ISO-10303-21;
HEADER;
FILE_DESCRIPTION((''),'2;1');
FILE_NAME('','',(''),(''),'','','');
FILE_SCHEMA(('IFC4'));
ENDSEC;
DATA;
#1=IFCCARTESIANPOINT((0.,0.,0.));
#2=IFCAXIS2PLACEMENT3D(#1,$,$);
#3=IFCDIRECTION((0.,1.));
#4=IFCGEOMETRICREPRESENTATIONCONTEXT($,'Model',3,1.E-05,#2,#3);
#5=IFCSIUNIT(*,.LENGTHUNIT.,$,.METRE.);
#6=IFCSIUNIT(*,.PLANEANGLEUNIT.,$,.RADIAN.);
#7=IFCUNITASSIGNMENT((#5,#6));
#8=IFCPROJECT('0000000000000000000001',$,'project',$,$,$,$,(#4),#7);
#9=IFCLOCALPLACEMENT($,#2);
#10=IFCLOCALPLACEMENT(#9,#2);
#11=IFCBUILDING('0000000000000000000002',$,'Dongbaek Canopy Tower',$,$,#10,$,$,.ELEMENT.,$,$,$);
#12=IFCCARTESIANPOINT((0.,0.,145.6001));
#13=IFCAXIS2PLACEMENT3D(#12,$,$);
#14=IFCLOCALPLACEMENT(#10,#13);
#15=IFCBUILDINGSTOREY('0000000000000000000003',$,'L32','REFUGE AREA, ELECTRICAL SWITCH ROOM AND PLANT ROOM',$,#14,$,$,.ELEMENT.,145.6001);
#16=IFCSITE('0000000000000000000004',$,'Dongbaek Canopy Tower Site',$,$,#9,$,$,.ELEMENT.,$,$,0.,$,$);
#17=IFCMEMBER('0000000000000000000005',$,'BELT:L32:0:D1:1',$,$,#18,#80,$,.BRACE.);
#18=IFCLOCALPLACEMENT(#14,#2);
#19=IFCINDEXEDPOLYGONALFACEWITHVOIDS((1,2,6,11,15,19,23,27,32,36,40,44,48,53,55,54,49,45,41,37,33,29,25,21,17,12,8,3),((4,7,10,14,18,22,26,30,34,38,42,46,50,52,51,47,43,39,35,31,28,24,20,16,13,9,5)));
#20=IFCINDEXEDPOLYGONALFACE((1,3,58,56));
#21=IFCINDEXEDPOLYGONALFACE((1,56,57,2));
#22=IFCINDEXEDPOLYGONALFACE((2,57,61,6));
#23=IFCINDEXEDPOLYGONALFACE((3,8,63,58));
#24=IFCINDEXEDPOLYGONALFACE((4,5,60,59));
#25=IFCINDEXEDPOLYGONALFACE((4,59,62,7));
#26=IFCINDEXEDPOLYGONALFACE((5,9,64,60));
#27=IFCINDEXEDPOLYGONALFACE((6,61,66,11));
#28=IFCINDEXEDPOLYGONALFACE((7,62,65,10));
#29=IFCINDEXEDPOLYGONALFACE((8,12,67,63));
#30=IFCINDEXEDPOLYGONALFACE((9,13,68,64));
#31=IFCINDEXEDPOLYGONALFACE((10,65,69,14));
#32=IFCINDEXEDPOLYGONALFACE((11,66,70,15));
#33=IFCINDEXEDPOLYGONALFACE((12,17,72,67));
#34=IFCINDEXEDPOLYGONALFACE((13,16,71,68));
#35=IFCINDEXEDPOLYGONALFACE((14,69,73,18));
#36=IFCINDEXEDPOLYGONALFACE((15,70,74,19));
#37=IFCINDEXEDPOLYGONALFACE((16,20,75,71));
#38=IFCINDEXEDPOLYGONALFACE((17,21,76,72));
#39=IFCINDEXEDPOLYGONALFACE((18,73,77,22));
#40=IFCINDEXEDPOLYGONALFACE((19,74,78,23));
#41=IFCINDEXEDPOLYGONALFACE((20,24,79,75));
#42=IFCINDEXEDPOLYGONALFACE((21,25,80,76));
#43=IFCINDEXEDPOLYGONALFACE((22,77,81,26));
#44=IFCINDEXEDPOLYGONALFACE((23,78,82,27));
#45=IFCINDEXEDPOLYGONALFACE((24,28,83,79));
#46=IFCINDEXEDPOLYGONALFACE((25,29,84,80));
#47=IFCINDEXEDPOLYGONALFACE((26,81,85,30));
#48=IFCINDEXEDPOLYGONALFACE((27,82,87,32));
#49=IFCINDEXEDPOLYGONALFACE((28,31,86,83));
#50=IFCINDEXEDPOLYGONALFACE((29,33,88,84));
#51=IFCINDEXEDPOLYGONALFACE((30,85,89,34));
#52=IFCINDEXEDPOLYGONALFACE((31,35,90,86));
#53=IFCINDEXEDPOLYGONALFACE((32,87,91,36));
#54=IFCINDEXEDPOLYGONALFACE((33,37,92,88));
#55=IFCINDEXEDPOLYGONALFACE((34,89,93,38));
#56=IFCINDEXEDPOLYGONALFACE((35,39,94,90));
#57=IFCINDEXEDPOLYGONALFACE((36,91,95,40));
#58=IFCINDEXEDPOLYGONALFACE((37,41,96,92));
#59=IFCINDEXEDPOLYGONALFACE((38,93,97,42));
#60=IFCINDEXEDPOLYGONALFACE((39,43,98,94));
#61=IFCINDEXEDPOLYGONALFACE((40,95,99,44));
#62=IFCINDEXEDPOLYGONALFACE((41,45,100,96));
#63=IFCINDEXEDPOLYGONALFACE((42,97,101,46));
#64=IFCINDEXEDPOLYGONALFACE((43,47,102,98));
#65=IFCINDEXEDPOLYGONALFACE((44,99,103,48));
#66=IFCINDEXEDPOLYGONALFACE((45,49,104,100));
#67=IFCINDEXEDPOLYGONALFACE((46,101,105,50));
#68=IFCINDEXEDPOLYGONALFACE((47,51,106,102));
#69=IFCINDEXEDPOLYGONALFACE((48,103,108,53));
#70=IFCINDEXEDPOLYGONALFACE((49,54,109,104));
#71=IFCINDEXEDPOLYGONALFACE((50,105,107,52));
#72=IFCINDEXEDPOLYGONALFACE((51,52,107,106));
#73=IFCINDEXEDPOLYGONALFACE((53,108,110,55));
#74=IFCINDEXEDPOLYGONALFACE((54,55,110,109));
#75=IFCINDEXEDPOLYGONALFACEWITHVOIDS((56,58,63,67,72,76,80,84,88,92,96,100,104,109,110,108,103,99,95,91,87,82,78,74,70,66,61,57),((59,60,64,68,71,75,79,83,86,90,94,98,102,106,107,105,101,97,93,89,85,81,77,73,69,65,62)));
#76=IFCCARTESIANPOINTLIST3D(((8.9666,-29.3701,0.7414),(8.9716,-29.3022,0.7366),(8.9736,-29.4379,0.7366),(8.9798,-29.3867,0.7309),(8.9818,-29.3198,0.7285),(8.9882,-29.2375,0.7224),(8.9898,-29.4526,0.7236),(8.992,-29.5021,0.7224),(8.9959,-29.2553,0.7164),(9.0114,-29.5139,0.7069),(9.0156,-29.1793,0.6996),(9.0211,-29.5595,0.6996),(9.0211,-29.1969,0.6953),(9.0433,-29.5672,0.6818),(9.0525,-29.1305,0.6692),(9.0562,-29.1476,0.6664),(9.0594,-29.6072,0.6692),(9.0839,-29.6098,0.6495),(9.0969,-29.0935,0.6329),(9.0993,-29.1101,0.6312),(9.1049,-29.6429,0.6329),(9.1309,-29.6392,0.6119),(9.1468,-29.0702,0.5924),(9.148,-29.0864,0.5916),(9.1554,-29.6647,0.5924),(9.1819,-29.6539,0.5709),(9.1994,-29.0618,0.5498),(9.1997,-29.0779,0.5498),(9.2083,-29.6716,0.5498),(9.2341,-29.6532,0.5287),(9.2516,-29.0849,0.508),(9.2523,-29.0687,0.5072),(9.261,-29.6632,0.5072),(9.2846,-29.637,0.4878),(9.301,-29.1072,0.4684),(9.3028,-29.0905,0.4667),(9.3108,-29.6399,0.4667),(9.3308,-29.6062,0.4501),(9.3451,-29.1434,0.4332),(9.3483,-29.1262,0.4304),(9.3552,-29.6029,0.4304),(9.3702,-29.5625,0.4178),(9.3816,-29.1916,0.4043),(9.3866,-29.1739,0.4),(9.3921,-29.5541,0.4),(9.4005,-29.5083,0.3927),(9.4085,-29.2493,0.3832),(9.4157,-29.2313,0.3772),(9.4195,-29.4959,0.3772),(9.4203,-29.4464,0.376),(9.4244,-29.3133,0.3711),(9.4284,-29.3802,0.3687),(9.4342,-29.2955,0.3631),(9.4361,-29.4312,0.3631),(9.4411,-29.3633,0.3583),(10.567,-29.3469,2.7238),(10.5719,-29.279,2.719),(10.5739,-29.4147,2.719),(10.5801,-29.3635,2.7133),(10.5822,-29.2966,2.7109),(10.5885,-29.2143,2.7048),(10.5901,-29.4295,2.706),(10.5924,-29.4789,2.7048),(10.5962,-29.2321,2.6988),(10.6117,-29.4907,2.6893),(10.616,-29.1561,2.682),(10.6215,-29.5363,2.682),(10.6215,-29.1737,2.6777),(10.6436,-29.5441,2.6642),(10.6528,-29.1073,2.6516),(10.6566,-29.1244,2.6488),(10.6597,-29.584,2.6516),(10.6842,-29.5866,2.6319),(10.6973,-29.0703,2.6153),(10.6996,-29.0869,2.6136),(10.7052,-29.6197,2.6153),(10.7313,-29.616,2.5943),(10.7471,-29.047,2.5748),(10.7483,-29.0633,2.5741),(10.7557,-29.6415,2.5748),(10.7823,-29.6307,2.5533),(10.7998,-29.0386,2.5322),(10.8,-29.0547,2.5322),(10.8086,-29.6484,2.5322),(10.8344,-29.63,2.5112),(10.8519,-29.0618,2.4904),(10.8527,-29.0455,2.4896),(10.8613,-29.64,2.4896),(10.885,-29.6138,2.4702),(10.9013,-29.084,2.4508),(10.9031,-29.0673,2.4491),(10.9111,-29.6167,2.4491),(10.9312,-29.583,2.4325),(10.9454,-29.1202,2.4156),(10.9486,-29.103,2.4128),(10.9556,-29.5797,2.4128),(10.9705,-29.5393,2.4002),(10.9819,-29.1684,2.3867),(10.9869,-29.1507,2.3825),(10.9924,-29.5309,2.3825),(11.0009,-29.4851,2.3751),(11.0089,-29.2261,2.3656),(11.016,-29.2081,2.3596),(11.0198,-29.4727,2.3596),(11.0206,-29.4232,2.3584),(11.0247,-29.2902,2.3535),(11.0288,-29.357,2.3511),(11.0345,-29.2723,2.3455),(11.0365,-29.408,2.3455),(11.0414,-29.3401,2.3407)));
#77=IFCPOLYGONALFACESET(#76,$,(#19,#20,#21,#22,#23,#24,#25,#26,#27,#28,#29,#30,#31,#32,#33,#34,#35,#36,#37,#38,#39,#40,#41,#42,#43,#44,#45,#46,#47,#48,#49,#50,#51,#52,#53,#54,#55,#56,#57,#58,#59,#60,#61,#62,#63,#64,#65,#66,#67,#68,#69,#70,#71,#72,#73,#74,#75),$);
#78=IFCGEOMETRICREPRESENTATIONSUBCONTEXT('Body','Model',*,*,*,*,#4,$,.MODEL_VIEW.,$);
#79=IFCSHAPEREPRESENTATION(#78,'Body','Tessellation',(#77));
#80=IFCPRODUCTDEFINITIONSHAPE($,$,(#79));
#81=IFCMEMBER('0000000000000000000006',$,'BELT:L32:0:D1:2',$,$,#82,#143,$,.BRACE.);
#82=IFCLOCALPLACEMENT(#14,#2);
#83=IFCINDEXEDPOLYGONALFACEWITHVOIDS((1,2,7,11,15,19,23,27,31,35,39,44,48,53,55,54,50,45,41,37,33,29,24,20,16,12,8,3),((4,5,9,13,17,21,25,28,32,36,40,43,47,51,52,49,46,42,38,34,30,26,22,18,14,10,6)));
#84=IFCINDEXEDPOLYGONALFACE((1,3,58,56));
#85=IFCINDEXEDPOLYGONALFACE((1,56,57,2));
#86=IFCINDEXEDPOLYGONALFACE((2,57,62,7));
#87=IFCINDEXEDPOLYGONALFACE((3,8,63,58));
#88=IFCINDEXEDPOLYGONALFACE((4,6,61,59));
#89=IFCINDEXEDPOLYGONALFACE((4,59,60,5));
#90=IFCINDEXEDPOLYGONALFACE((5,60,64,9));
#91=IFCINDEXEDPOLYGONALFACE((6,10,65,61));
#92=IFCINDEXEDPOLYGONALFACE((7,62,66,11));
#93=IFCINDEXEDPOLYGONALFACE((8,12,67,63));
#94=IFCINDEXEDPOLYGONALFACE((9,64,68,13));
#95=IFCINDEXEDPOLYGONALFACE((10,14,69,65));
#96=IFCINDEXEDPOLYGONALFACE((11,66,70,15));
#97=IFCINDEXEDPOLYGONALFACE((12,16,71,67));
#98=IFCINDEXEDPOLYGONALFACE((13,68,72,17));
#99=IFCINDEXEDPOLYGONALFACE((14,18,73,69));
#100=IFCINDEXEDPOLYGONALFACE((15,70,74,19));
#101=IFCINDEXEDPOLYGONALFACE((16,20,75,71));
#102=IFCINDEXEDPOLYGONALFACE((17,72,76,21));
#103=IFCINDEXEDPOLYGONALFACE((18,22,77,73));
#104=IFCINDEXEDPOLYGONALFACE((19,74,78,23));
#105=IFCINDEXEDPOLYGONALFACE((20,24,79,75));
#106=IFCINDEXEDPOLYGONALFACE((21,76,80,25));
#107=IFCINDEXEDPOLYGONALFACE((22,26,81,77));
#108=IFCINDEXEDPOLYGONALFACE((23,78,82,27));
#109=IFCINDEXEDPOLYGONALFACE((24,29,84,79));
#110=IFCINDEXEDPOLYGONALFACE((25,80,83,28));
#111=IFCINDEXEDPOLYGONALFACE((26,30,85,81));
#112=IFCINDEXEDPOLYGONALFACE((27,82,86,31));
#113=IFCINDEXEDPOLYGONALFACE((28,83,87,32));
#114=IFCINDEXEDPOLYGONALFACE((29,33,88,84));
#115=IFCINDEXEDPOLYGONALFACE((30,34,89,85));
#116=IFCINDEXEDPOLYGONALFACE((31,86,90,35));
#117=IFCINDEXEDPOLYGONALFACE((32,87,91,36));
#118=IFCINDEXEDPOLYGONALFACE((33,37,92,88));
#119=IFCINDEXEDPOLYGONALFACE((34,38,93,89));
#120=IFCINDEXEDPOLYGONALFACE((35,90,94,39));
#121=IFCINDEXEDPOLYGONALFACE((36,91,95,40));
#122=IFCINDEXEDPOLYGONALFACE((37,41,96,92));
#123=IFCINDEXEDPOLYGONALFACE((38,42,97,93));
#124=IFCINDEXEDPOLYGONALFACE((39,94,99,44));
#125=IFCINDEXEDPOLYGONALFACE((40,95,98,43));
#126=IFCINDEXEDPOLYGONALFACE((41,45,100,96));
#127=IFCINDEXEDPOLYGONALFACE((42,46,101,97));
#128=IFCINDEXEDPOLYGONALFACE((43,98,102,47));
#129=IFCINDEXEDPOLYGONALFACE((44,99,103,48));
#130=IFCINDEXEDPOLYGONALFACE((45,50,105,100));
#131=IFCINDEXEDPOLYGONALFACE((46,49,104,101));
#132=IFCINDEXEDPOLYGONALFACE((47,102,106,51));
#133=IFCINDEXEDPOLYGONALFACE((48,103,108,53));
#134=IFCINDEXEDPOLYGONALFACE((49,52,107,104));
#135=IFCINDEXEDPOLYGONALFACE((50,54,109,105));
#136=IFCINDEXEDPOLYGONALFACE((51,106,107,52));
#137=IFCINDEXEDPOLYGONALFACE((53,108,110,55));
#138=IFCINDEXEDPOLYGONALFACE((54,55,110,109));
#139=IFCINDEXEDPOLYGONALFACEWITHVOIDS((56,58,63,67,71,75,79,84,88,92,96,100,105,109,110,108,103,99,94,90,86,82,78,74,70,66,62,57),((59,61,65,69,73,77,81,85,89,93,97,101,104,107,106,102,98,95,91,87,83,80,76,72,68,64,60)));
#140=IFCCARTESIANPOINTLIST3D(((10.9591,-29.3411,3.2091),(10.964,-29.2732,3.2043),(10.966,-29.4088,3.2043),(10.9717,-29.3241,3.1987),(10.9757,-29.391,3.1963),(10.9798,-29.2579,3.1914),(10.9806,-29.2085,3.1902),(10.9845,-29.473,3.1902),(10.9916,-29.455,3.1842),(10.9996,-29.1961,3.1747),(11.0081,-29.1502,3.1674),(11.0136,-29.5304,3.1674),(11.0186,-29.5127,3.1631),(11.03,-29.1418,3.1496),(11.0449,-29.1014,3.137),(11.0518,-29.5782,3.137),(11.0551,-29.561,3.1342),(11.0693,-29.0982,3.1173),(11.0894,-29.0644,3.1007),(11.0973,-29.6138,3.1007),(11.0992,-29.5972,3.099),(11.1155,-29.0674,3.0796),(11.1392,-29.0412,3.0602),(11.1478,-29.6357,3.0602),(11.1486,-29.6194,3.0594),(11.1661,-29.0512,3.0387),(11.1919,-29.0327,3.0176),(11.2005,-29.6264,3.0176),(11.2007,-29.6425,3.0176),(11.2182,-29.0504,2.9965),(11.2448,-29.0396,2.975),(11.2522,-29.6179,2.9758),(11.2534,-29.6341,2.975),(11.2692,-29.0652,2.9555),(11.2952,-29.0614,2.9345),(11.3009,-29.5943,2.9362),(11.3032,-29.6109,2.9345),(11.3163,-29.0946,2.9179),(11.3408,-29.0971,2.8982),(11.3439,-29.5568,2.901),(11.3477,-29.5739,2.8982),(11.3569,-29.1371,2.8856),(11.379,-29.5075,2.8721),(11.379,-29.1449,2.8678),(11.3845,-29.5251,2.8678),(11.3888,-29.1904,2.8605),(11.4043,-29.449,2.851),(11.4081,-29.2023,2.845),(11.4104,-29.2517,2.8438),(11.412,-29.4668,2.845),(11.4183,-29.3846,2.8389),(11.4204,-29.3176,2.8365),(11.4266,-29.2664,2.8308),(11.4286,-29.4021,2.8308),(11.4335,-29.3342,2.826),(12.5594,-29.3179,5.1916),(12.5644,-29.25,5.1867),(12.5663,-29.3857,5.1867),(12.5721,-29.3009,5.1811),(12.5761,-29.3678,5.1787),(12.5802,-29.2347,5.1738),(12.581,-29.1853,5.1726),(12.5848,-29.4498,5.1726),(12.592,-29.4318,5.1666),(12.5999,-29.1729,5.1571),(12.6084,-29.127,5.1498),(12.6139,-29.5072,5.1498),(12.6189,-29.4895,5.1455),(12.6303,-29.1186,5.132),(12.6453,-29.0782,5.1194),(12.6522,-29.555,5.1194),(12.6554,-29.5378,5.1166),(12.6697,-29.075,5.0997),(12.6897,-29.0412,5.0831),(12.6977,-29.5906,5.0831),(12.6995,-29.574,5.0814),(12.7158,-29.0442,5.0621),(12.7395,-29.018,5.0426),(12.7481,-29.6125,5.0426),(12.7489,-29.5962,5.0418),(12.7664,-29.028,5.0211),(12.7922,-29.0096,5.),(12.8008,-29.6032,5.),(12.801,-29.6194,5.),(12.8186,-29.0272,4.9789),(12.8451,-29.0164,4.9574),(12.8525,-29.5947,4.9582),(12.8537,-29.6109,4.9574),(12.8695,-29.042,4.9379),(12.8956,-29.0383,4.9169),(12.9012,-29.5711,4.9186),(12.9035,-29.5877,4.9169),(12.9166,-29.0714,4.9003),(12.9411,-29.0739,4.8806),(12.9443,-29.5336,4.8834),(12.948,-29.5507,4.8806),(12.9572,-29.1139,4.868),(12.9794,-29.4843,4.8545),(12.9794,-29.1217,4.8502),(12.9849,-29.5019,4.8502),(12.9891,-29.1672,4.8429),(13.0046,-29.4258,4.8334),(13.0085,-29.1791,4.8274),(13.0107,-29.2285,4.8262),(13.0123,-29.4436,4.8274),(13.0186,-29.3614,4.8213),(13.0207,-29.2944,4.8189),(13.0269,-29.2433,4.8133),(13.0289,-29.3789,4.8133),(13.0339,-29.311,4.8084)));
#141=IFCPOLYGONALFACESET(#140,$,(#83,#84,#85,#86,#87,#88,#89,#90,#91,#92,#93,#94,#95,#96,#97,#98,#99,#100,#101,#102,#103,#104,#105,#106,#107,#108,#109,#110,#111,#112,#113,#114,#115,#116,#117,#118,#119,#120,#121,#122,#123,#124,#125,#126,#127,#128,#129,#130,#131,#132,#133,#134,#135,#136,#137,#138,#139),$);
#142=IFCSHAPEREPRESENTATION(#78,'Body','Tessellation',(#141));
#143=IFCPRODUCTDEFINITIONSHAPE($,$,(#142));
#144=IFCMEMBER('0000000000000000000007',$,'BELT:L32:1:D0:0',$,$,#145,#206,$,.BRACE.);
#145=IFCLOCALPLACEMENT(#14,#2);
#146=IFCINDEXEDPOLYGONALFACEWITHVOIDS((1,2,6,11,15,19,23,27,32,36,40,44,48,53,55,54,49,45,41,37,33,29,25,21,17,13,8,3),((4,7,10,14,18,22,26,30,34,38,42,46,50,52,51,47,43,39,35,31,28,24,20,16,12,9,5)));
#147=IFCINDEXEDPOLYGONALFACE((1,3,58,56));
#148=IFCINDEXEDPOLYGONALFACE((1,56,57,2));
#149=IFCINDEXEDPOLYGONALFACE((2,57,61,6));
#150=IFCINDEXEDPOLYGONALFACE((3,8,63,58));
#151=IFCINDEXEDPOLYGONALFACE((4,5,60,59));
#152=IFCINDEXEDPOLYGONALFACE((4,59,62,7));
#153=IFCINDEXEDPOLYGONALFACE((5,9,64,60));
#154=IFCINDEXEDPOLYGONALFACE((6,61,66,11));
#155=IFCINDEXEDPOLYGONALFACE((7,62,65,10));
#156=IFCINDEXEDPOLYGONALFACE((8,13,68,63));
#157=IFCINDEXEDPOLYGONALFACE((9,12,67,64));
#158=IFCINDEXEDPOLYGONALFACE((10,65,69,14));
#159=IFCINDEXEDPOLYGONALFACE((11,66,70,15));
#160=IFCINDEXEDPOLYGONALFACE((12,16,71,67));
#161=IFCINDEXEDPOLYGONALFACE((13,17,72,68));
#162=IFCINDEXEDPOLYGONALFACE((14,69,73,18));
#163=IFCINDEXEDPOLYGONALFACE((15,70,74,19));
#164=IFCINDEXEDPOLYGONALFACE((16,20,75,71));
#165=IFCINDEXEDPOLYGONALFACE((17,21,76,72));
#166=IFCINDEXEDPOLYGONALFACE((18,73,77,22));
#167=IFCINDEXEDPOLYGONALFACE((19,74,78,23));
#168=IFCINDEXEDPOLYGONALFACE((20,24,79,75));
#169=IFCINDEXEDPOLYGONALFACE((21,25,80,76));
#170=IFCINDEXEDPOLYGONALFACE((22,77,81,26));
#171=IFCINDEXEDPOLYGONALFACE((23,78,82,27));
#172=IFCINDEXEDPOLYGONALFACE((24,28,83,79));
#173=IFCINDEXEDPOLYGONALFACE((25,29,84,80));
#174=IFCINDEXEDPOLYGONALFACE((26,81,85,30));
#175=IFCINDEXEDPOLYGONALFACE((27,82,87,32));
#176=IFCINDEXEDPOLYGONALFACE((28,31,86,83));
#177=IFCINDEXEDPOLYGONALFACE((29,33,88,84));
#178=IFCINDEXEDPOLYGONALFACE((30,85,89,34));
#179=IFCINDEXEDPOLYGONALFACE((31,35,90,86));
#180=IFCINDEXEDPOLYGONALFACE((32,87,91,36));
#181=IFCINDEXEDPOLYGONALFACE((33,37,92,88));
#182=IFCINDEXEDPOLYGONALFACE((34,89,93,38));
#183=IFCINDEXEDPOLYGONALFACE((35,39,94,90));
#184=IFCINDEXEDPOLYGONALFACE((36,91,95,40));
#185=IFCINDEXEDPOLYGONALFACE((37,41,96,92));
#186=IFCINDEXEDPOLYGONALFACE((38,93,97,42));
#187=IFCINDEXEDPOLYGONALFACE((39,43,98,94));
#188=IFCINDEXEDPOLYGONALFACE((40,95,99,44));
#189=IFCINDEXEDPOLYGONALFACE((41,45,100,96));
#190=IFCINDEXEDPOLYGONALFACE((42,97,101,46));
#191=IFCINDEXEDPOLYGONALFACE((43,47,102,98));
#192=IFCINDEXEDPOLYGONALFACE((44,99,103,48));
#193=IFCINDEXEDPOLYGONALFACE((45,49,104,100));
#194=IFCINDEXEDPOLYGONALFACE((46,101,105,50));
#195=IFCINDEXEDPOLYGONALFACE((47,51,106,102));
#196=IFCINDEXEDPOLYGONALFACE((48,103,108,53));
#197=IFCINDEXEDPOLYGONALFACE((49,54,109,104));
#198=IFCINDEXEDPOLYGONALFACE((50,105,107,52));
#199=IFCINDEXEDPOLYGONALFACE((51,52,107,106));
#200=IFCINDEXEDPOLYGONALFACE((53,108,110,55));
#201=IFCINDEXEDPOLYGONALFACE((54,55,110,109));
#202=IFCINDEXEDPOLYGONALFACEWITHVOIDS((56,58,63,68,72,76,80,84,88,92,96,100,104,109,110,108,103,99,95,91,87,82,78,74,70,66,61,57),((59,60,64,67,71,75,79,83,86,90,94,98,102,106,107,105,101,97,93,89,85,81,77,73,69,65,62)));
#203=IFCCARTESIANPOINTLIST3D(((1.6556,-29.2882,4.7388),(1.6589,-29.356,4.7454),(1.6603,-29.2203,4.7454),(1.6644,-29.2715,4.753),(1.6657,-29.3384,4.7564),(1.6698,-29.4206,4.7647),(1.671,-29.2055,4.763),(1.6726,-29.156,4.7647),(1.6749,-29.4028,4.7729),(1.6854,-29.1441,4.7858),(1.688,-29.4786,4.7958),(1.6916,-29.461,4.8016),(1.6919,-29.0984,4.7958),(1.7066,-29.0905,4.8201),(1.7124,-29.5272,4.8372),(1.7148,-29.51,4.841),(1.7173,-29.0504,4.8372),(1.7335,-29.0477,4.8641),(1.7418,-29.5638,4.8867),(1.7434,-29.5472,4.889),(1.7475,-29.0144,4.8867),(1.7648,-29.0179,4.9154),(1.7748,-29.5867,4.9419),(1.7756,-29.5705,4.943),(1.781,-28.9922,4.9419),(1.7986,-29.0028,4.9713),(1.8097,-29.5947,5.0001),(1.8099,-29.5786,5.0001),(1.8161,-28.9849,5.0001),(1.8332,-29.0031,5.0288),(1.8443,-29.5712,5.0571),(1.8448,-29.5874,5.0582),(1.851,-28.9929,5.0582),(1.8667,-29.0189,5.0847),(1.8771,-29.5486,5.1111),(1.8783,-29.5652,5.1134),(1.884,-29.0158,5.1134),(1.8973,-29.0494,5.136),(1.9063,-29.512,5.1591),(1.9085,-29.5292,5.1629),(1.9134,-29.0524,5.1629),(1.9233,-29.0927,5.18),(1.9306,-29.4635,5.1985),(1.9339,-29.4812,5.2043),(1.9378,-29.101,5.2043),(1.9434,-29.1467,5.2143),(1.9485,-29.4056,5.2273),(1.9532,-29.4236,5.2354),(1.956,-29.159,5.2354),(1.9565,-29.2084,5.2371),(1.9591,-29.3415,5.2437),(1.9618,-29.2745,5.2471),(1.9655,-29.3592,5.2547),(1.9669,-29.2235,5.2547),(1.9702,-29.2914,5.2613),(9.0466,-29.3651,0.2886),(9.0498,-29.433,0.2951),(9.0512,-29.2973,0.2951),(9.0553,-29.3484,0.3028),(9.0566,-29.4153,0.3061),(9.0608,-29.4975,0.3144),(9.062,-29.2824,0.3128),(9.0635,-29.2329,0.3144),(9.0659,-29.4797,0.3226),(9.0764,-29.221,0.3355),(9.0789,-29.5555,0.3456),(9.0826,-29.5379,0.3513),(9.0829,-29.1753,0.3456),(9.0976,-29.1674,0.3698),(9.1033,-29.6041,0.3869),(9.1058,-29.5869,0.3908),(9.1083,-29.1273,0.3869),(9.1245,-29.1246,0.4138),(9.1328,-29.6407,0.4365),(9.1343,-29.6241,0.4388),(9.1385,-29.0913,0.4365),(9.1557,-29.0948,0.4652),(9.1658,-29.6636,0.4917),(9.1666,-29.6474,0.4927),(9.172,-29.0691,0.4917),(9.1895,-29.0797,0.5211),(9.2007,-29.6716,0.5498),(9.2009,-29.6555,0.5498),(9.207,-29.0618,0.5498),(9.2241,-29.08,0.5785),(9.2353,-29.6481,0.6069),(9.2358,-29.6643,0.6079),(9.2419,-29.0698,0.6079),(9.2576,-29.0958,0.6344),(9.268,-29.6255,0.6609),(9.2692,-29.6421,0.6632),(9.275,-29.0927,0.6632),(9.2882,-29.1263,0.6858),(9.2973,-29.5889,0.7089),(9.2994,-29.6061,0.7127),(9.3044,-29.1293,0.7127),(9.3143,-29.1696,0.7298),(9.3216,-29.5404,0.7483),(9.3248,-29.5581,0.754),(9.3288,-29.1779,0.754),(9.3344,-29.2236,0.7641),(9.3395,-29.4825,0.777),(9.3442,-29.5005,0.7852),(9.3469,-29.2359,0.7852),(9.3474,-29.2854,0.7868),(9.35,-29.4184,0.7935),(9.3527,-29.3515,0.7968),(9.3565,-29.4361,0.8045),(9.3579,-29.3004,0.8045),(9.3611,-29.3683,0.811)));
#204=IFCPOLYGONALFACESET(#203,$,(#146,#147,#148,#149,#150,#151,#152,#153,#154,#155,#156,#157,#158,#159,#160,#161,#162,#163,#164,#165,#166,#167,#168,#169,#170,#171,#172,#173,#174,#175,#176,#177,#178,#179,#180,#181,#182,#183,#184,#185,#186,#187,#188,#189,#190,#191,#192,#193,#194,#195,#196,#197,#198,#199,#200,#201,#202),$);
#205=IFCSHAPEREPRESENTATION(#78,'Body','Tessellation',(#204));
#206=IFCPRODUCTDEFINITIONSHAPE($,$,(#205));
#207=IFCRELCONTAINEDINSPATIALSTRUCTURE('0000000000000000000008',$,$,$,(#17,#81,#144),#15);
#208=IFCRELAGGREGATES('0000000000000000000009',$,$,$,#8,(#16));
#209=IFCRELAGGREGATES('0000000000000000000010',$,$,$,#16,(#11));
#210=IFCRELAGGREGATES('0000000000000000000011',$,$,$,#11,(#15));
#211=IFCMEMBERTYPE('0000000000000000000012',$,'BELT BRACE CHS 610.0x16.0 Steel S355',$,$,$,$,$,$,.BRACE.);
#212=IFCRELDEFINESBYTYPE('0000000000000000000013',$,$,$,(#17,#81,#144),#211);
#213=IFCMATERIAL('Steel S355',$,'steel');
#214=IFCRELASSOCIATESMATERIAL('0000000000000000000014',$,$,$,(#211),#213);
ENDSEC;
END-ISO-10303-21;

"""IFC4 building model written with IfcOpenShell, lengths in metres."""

from ifc_helpers import new_model, si_unit, direction, frame, origin, origin_2d, place, context, subcontext, project, spatial, hollow_circle, extrude, material, material_profile, profile_set, type_object, element, save


model = new_model("IFC4")

# Units and contexts
model_context = context("Model", 3, precision=1e-05, world=origin(), true_north=direction((0.0, 1.0)))
body_context = subcontext(model_context, "Body", "Model", "MODEL_VIEW")
ifc_project = project(units=[si_unit("LENGTHUNIT", "METRE"), si_unit("PLANEANGLEUNIT", "RADIAN")], contexts=[model_context])

# Site, building, storey
site_placement = place(None, origin())
site = spatial("IfcSite", under=ifc_project, at=site_placement, Name="Dongbaek Canopy Tower Site", CompositionType="ELEMENT", RefElevation=0.0)
building_placement = place(site_placement, origin())
building = spatial("IfcBuilding", under=site, at=building_placement, Name="Dongbaek Canopy Tower", CompositionType="ELEMENT")
storey_placement = place(building_placement, frame((0.0, 0.0, 145.6001)))
storey = spatial("IfcBuildingStorey", under=building, at=storey_placement, Name="L32", Description="REFUGE AREA, ELECTRICAL SWITCH ROOM AND PLANT ROOM", CompositionType="ELEMENT", Elevation=145.6001)

# Members
ifc_material_1 = material(Name="Steel S355", Category="steel")
ifc_material_profile_1 = material_profile(ifc_material_1, hollow_circle(Radius=0.3049, WallThickness=0.0161, at=origin_2d()), Name="BELT BRACE CHS 610.0x16.0 Steel S355")
ifc_profile_set_1 = profile_set([ifc_material_profile_1], Name="Steel S355")
member_type_1 = type_object("IfcMemberType", Name="BELT BRACE CHS 610.0x16.0 Steel S355", PredefinedType="BRACE", material=ifc_profile_set_1)
for number, where, z_axis, x_axis, name in (
    (1, (9.2039, -29.3667, 0.5498), (0.62811, 0.009103, 0.778071), (-0.014491, 0.999895, 0.0), "BELT:L32:0:D1:1"),
    (2, (12.7966, -29.3145, 5.0), (-0.62811, -0.009103, -0.778071), (0.014491, -0.999895, 0.0), "BELT:L32:0:D1:2"),
):
    element("IfcMember", number, at=place(storey_placement, frame(where, z_axis=z_axis, x_axis=x_axis)), inside=storey, type_object=member_type_1, Name=name, PredefinedType="BRACE", context=body_context, shape_type="SweptSolid", body=[
        extrude(hollow_circle(Radius=0.3049, WallThickness=0.0161, at=origin_2d()), origin(), (0.0, 0.0, 1.0), 2.5479),
    ])
member_1_placement = place(storey_placement, frame((9.2039, -29.3667, 0.5498), z_axis=(-0.856656, 0.008914, 0.515811), x_axis=(-0.010405, -0.999946, 0.0)))
element("IfcMember", 3, at=member_1_placement, inside=storey, type_object=member_type_1, Name="BELT:L32:1:D0:0", PredefinedType="BRACE", context=body_context, shape_type="SweptSolid", body=[
    extrude(hollow_circle(Radius=0.3049, WallThickness=0.0161, at=origin_2d()), origin(), (0.0, 0.0, 1.0), 8.6277),
])

save(model, "model.ifc")
